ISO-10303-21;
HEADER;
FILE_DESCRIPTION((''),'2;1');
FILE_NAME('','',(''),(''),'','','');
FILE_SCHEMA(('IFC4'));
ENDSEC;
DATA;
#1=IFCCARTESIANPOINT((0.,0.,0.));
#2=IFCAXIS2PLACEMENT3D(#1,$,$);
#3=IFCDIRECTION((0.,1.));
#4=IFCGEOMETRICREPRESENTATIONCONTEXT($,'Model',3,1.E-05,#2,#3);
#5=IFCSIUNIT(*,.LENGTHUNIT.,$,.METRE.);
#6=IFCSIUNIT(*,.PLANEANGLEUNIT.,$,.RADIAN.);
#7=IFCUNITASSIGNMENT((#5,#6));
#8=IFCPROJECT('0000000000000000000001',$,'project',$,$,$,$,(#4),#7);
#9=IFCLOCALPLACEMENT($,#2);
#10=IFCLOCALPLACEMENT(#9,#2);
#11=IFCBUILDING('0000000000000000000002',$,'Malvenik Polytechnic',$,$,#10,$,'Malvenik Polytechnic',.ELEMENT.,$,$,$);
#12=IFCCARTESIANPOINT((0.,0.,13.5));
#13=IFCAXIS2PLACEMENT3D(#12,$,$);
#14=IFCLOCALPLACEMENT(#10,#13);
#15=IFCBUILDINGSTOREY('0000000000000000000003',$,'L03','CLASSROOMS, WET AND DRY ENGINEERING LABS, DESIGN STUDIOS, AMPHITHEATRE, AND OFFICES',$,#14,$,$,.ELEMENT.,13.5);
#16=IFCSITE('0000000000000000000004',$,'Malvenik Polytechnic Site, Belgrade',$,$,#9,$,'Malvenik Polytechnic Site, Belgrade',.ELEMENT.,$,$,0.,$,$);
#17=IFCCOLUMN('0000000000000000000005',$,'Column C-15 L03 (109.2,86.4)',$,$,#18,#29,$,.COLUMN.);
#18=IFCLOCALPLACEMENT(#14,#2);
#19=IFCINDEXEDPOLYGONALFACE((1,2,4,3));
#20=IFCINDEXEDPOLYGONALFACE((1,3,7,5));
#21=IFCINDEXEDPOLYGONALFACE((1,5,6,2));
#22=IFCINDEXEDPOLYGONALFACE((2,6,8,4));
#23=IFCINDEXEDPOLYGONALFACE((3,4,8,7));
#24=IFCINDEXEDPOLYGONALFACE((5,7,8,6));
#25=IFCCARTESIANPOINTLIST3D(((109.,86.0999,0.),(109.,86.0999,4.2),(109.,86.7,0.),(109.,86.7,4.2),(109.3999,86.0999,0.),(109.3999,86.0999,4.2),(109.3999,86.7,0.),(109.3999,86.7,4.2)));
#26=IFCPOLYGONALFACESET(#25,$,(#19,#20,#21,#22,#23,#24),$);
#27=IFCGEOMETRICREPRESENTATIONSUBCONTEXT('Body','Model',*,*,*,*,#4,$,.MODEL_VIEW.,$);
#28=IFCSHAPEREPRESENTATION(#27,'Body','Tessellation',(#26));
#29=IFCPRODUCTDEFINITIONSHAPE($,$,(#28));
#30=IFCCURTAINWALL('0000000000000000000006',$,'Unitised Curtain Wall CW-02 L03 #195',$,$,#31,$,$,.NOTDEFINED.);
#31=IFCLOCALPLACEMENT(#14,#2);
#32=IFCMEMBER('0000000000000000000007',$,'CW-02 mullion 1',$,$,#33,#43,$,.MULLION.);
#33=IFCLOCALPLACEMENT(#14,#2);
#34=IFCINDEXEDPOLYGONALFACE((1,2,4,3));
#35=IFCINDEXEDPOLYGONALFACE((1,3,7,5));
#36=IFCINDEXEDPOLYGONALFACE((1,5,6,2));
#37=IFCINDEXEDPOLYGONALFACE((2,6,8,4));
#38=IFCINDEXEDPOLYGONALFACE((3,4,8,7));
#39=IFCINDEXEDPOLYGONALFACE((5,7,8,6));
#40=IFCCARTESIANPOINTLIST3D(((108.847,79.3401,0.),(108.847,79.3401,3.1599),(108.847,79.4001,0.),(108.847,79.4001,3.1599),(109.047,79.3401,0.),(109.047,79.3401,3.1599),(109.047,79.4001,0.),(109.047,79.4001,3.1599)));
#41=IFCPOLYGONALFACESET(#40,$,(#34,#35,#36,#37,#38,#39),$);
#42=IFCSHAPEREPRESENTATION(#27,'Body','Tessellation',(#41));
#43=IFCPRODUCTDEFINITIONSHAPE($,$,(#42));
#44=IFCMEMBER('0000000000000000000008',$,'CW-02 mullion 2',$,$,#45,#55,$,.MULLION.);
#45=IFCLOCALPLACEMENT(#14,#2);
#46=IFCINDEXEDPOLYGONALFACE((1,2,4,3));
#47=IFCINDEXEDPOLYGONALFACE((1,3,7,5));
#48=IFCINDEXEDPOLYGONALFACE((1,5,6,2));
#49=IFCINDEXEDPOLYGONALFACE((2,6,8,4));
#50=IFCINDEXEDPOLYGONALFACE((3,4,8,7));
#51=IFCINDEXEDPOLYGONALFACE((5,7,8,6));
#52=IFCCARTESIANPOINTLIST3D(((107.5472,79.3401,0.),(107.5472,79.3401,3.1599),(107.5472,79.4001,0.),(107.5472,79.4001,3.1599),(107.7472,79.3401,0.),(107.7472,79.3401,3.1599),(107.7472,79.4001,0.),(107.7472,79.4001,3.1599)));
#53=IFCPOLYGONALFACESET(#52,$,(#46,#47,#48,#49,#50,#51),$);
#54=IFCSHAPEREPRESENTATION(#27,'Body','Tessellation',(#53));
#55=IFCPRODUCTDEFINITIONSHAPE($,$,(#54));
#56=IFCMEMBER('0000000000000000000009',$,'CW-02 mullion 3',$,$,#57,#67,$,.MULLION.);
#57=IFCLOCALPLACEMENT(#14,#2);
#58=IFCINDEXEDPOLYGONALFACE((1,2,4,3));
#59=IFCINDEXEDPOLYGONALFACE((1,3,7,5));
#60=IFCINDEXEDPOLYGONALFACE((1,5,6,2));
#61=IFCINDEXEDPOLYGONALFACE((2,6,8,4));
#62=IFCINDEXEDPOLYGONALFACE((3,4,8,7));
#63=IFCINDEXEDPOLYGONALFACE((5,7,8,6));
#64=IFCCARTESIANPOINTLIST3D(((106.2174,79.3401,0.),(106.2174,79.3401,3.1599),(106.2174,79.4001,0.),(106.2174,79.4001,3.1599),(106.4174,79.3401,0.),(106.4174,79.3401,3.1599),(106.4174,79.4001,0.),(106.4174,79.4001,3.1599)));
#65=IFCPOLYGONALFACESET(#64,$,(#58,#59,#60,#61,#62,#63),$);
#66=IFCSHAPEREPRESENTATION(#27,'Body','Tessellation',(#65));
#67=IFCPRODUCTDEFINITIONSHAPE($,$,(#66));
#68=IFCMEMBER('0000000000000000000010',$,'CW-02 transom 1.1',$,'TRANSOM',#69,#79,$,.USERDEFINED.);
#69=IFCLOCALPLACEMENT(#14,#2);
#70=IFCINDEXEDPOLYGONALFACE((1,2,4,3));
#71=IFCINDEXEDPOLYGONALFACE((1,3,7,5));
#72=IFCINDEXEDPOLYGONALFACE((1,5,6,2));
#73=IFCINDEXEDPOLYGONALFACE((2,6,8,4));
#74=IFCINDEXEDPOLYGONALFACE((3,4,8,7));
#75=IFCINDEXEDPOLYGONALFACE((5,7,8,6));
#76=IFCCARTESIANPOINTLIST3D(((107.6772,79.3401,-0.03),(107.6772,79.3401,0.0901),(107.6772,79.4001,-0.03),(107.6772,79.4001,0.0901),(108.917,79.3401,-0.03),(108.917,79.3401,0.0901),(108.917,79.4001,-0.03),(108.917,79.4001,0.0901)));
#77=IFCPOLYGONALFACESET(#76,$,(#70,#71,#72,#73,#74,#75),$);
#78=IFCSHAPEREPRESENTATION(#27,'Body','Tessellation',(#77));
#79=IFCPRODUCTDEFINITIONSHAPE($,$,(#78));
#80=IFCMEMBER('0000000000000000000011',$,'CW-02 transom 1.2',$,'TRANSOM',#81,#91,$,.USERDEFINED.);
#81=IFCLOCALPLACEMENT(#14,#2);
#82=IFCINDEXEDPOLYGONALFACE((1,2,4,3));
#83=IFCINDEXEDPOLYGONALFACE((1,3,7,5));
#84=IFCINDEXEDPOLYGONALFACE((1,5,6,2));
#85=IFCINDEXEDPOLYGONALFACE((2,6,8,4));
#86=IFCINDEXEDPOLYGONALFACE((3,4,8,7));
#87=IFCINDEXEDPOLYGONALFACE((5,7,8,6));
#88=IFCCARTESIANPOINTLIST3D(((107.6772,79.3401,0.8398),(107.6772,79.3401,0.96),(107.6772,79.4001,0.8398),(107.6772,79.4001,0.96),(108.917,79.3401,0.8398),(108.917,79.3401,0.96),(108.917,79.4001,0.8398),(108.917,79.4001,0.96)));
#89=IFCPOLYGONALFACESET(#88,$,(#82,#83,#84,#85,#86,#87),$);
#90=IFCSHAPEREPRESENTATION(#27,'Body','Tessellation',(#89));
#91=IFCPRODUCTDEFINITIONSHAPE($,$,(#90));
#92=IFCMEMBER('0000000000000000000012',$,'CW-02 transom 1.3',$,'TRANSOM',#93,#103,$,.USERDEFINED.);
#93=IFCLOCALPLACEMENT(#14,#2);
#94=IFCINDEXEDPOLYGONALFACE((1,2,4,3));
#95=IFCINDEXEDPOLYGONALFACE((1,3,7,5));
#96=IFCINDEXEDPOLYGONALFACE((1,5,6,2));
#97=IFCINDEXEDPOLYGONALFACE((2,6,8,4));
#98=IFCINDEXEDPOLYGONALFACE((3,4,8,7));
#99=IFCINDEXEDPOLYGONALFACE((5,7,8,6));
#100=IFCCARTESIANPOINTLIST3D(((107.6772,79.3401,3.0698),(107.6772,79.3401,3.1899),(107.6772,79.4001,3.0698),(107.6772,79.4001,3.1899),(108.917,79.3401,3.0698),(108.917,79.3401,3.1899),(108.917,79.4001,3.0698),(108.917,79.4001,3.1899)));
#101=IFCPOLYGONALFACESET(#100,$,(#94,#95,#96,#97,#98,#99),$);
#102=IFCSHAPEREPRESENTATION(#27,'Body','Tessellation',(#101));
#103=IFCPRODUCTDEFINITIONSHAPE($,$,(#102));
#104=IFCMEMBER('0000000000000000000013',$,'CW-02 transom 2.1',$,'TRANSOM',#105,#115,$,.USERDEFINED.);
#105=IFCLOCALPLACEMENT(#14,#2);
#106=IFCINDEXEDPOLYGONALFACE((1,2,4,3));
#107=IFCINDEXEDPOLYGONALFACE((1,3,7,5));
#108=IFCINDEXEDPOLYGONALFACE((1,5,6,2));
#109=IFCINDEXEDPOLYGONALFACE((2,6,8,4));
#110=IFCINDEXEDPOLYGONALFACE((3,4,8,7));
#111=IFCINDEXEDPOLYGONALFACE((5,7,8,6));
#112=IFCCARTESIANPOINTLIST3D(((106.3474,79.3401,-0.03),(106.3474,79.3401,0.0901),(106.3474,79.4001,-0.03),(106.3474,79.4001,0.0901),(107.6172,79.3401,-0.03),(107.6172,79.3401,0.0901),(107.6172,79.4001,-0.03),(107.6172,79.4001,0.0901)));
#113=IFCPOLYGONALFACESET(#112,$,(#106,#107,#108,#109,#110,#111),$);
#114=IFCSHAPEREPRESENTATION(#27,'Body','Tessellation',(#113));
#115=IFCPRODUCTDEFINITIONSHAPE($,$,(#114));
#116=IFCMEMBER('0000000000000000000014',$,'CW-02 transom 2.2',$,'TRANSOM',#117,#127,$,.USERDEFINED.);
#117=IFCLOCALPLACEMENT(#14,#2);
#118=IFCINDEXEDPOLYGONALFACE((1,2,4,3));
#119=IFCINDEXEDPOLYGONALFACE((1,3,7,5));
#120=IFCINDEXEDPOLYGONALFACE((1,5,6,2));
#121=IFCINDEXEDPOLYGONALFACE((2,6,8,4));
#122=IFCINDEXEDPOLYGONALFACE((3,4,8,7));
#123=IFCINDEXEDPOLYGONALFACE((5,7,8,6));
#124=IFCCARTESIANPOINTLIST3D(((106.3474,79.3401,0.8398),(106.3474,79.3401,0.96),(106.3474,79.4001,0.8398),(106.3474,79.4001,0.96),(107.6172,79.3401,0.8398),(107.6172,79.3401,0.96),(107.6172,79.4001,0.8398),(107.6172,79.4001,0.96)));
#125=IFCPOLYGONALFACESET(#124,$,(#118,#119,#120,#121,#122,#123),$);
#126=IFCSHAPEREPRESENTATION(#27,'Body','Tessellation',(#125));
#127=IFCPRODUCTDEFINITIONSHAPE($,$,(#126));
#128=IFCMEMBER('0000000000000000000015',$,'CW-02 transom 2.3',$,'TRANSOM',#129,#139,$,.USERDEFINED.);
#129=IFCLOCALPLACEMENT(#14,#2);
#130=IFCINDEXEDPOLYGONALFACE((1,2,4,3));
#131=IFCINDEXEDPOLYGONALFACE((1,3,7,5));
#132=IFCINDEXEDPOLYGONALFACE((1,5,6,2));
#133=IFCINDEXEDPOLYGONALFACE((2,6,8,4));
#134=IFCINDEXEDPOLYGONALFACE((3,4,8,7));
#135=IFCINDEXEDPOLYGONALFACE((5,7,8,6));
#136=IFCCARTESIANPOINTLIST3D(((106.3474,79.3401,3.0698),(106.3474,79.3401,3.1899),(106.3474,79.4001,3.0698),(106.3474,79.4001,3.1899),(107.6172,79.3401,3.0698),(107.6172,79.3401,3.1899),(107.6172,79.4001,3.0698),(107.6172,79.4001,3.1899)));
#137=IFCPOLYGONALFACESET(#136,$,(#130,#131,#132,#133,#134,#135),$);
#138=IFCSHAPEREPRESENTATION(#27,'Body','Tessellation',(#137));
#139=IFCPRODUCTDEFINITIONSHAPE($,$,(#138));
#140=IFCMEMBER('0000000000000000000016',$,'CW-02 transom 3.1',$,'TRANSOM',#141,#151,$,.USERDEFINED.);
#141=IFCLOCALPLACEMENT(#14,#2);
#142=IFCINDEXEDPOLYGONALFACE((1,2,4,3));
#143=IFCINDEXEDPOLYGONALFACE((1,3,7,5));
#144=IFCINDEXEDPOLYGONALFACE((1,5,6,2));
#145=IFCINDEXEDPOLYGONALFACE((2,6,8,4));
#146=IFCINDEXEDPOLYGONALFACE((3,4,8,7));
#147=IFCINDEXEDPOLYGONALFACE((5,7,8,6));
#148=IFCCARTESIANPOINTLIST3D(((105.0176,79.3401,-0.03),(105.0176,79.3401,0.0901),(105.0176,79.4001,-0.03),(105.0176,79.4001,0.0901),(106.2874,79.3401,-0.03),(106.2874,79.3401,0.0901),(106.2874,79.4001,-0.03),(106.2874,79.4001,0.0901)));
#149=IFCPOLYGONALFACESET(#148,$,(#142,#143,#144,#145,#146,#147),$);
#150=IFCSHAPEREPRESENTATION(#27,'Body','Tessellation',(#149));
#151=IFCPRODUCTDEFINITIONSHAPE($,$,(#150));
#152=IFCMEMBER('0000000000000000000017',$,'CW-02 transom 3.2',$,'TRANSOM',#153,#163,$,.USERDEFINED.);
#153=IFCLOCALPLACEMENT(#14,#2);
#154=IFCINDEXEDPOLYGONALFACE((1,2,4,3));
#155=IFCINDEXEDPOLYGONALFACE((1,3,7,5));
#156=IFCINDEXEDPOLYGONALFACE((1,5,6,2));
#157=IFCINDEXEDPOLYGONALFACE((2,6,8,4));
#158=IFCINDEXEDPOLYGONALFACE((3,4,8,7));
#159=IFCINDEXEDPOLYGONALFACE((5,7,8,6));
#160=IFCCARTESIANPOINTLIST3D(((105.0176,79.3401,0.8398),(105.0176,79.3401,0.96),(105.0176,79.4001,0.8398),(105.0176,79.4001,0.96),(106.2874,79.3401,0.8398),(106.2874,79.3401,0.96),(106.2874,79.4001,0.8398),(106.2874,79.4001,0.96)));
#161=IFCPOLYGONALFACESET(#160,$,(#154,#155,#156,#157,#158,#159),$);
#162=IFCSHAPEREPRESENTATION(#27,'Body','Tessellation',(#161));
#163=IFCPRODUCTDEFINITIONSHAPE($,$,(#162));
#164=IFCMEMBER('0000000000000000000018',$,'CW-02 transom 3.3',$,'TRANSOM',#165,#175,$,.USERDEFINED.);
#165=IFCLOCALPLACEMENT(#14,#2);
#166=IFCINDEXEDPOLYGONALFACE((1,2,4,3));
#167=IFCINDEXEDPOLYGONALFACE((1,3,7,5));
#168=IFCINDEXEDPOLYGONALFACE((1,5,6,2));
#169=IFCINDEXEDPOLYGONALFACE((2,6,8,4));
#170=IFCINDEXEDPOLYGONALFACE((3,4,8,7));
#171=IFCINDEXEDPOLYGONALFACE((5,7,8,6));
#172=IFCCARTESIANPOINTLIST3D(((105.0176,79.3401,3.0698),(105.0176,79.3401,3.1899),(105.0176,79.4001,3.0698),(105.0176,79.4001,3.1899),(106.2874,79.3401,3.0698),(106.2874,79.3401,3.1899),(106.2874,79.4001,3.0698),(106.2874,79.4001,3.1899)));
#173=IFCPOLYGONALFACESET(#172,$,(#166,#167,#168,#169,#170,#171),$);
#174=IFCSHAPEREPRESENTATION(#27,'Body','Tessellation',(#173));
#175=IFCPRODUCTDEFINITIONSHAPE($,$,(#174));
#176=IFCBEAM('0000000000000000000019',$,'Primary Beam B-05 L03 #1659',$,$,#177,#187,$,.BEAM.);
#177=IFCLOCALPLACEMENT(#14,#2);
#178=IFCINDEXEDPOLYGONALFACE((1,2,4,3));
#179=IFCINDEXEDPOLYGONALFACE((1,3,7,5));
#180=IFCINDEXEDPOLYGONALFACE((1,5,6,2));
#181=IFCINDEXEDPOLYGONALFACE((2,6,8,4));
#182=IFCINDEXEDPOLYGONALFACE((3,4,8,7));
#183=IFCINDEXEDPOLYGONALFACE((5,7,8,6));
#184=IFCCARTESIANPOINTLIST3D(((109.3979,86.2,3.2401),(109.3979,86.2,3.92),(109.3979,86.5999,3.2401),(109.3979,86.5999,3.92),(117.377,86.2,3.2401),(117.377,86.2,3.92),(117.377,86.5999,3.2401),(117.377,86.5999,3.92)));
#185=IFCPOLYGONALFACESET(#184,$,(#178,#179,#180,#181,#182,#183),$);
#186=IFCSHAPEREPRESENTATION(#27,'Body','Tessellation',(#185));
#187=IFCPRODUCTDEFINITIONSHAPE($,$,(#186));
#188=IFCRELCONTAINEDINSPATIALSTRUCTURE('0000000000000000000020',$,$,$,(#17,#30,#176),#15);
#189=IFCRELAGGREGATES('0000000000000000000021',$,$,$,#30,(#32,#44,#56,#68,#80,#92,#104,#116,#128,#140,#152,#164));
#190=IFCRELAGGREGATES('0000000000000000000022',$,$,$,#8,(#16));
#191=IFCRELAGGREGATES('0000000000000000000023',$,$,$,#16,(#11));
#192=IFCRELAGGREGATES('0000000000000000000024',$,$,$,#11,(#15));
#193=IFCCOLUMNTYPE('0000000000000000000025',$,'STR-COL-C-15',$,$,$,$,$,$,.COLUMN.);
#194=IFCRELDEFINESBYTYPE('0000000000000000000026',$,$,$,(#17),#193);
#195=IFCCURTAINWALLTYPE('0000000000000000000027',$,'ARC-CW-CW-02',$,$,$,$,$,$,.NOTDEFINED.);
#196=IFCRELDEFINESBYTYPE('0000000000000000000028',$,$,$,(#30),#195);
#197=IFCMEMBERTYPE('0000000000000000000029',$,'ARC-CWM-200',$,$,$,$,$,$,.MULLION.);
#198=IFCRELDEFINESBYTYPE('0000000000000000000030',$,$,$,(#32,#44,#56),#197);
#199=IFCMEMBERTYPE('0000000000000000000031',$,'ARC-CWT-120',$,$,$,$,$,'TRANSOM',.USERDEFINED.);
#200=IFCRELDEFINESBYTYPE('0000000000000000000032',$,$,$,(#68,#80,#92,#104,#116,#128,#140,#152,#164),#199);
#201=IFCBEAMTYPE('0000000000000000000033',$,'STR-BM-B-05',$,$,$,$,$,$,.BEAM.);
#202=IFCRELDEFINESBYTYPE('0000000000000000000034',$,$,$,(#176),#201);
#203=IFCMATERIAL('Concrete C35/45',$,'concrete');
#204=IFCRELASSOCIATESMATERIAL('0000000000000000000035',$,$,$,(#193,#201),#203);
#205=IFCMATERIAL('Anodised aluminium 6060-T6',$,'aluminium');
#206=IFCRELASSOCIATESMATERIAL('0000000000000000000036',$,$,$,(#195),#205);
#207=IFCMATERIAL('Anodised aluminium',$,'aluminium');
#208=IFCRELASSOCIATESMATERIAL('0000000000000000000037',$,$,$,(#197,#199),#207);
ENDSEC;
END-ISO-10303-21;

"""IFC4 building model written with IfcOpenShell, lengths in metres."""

from ifc_helpers import new_model, si_unit, direction, frame, origin, origin_2d, place, context, subcontext, project, spatial, rectangle, extrude, material, material_profile, profile_set, type_object, element, aggregate, save


model = new_model("IFC4")

# Units and contexts
model_context = context("Model", 3, precision=1e-05, world=origin(), true_north=direction((0.0, 1.0)))
body_context = subcontext(model_context, "Body", "Model", "MODEL_VIEW")
ifc_project = project(units=[si_unit("LENGTHUNIT", "METRE"), si_unit("PLANEANGLEUNIT", "RADIAN")], contexts=[model_context])

# Site, building, storey
site_placement = place(None, origin())
site = spatial("IfcSite", under=ifc_project, at=site_placement, Name="Malvenik Polytechnic Site, Belgrade", LongName="Malvenik Polytechnic Site, Belgrade", CompositionType="ELEMENT", RefElevation=0.0)
building_placement = place(site_placement, origin())
building = spatial("IfcBuilding", under=site, at=building_placement, Name="Malvenik Polytechnic", LongName="Malvenik Polytechnic", CompositionType="ELEMENT")
storey_placement = place(building_placement, frame((0.0, 0.0, 13.5)))
storey = spatial("IfcBuildingStorey", under=building, at=storey_placement, Name="L03", Description="CLASSROOMS, WET AND DRY ENGINEERING LABS, DESIGN STUDIOS, AMPHITHEATRE, AND OFFICES", CompositionType="ELEMENT", Elevation=13.5)

# Column
ifc_material_1 = material(Name="Concrete C35/45", Category="concrete")
ifc_material_profile_1 = material_profile(ifc_material_1, rectangle(XDim=0.3999, YDim=0.6001, at=origin_2d()), Name="RC COL 600x400")
ifc_profile_set_1 = profile_set([ifc_material_profile_1], Name="Concrete C35/45")
column_type = type_object("IfcColumnType", Name="STR-COL-C-15", PredefinedType="COLUMN", material=ifc_profile_set_1)
column_placement = place(storey_placement, frame((109.2, 86.3999, 0.0), z_axis=(0.0, 0.0, 1.0), x_axis=(1.0, 0.0, 0.0)))
element("IfcColumn", 1, at=column_placement, inside=storey, type_object=column_type, Name="Column C-15 L03 (109.2,86.4)", PredefinedType="COLUMN", context=body_context, shape_type="SweptSolid", body=[
    extrude(rectangle(XDim=0.3999, YDim=0.6001, at=origin_2d()), origin(), (0.0, 0.0, 1.0), 4.2),
])

# Curtain wall, members
ifc_material_2 = material(Name="Anodised aluminium 6060-T6", Category="aluminium")
curtain_wall_type = type_object("IfcCurtainWallType", Name="ARC-CW-CW-02", PredefinedType="NOTDEFINED", material=ifc_material_2)
curtain_wall_placement = place(storey_placement, origin())
curtain_wall = element("IfcCurtainWall", 2, at=curtain_wall_placement, inside=storey, type_object=curtain_wall_type, Name="Unitised Curtain Wall CW-02 L03 #195", PredefinedType="NOTDEFINED")
ifc_material_3 = material(Name="Anodised aluminium", Category="aluminium")
ifc_material_profile_2 = material_profile(ifc_material_3, rectangle(XDim=0.0601, YDim=0.2, at=origin_2d()), Name="ALU MULLION 60x200")
ifc_profile_set_2 = profile_set([ifc_material_profile_2], Name="Anodised aluminium")
member_type_1 = type_object("IfcMemberType", Name="ARC-CWM-200", PredefinedType="MULLION", material=ifc_profile_set_2)
member_1_placement = place(storey_placement, frame((108.947, 79.3701, 0.0), z_axis=(0.0, 0.0, 1.0), x_axis=(0.0, -1.0, 0.0)))
member_1 = element("IfcMember", 3, at=member_1_placement, type_object=member_type_1, Name="CW-02 mullion 1", PredefinedType="MULLION", context=body_context, shape_type="SweptSolid", body=[
    extrude(rectangle(XDim=0.0601, YDim=0.2, at=origin_2d()), origin(), (0.0, 0.0, 1.0), 3.1599),
])
member_2_placement = place(storey_placement, frame((107.6472, 79.3701, 0.0), z_axis=(0.0, 0.0, 1.0), x_axis=(0.0, -1.0, 0.0)))
member_2 = element("IfcMember", 4, at=member_2_placement, type_object=member_type_1, Name="CW-02 mullion 2", PredefinedType="MULLION", context=body_context, shape_type="SweptSolid", body=[
    extrude(rectangle(XDim=0.0601, YDim=0.2, at=origin_2d()), origin(), (0.0, 0.0, 1.0), 3.1599),
])
member_3_placement = place(storey_placement, frame((106.3174, 79.3701, 0.0), z_axis=(0.0, 0.0, 1.0), x_axis=(0.0, -1.0, 0.0)))
member_3 = element("IfcMember", 5, at=member_3_placement, type_object=member_type_1, Name="CW-02 mullion 3", PredefinedType="MULLION", context=body_context, shape_type="SweptSolid", body=[
    extrude(rectangle(XDim=0.0601, YDim=0.2, at=origin_2d()), origin(), (0.0, 0.0, 1.0), 3.1599),
])
ifc_material_profile_3 = material_profile(ifc_material_3, rectangle(XDim=0.0601, YDim=0.1201, at=origin_2d()), Name="ALU TRANSOM 60x120")
ifc_profile_set_3 = profile_set([ifc_material_profile_3], Name="Anodised aluminium")
member_type_2 = type_object("IfcMemberType", Name="ARC-CWT-120", ElementType="TRANSOM", PredefinedType="USERDEFINED", material=ifc_profile_set_3)
member_4_placement = place(storey_placement, frame((108.917, 79.3701, 0.03), z_axis=(-1.0, 0.0, 0.0), x_axis=(0.0, -1.0, 0.0)))
member_4 = element("IfcMember", 6, at=member_4_placement, type_object=member_type_2, Name="CW-02 transom 1.1", ObjectType="TRANSOM", PredefinedType="USERDEFINED", context=body_context, shape_type="SweptSolid", body=[
    extrude(rectangle(XDim=0.0601, YDim=0.1201, at=origin_2d()), origin(), (0.0, 0.0, 1.0), 1.2397),
])
member_5_placement = place(storey_placement, frame((108.917, 79.3701, 0.8999), z_axis=(-1.0, 0.0, 0.0), x_axis=(0.0, -1.0, 0.0)))
member_5 = element("IfcMember", 7, at=member_5_placement, type_object=member_type_2, Name="CW-02 transom 1.2", ObjectType="TRANSOM", PredefinedType="USERDEFINED", context=body_context, shape_type="SweptSolid", body=[
    extrude(rectangle(XDim=0.0601, YDim=0.1201, at=origin_2d()), origin(), (0.0, 0.0, 1.0), 1.2397),
])
member_6_placement = place(storey_placement, frame((108.917, 79.3701, 3.1299), z_axis=(-1.0, 0.0, 0.0), x_axis=(0.0, -1.0, 0.0)))
member_6 = element("IfcMember", 8, at=member_6_placement, type_object=member_type_2, Name="CW-02 transom 1.3", ObjectType="TRANSOM", PredefinedType="USERDEFINED", context=body_context, shape_type="SweptSolid", body=[
    extrude(rectangle(XDim=0.0601, YDim=0.1201, at=origin_2d()), origin(), (0.0, 0.0, 1.0), 1.2397),
])
member_7_placement = place(storey_placement, frame((107.6172, 79.3701, 0.03), z_axis=(-1.0, 0.0, 0.0), x_axis=(0.0, -1.0, 0.0)))
member_7 = element("IfcMember", 9, at=member_7_placement, type_object=member_type_2, Name="CW-02 transom 2.1", ObjectType="TRANSOM", PredefinedType="USERDEFINED", context=body_context, shape_type="SweptSolid", body=[
    extrude(rectangle(XDim=0.0601, YDim=0.1201, at=origin_2d()), origin(), (0.0, 0.0, 1.0), 1.2698),
])
member_8_placement = place(storey_placement, frame((107.6172, 79.3701, 0.8999), z_axis=(-1.0, 0.0, 0.0), x_axis=(0.0, -1.0, 0.0)))
member_8 = element("IfcMember", 10, at=member_8_placement, type_object=member_type_2, Name="CW-02 transom 2.2", ObjectType="TRANSOM", PredefinedType="USERDEFINED", context=body_context, shape_type="SweptSolid", body=[
    extrude(rectangle(XDim=0.0601, YDim=0.1201, at=origin_2d()), origin(), (0.0, 0.0, 1.0), 1.2698),
])
member_9_placement = place(storey_placement, frame((107.6172, 79.3701, 3.1299), z_axis=(-1.0, 0.0, 0.0), x_axis=(0.0, -1.0, 0.0)))
member_9 = element("IfcMember", 11, at=member_9_placement, type_object=member_type_2, Name="CW-02 transom 2.3", ObjectType="TRANSOM", PredefinedType="USERDEFINED", context=body_context, shape_type="SweptSolid", body=[
    extrude(rectangle(XDim=0.0601, YDim=0.1201, at=origin_2d()), origin(), (0.0, 0.0, 1.0), 1.2698),
])
member_10_placement = place(storey_placement, frame((106.2874, 79.3701, 0.03), z_axis=(-1.0, 0.0, 0.0), x_axis=(0.0, -1.0, 0.0)))
member_10 = element("IfcMember", 12, at=member_10_placement, type_object=member_type_2, Name="CW-02 transom 3.1", ObjectType="TRANSOM", PredefinedType="USERDEFINED", context=body_context, shape_type="SweptSolid", body=[
    extrude(rectangle(XDim=0.0601, YDim=0.1201, at=origin_2d()), origin(), (0.0, 0.0, 1.0), 1.2698),
])
member_11_placement = place(storey_placement, frame((106.2874, 79.3701, 0.8999), z_axis=(-1.0, 0.0, 0.0), x_axis=(0.0, -1.0, 0.0)))
member_11 = element("IfcMember", 13, at=member_11_placement, type_object=member_type_2, Name="CW-02 transom 3.2", ObjectType="TRANSOM", PredefinedType="USERDEFINED", context=body_context, shape_type="SweptSolid", body=[
    extrude(rectangle(XDim=0.0601, YDim=0.1201, at=origin_2d()), origin(), (0.0, 0.0, 1.0), 1.2698),
])
member_12_placement = place(storey_placement, frame((106.2874, 79.3701, 3.1299), z_axis=(-1.0, 0.0, 0.0), x_axis=(0.0, -1.0, 0.0)))
member_12 = element("IfcMember", 14, at=member_12_placement, type_object=member_type_2, Name="CW-02 transom 3.3", ObjectType="TRANSOM", PredefinedType="USERDEFINED", context=body_context, shape_type="SweptSolid", body=[
    extrude(rectangle(XDim=0.0601, YDim=0.1201, at=origin_2d()), origin(), (0.0, 0.0, 1.0), 1.2698),
])

# Beam
ifc_material_profile_4 = material_profile(ifc_material_1, rectangle(XDim=0.3999, YDim=0.6799, at=origin_2d()), Name="RC BM 400x680")
ifc_profile_set_4 = profile_set([ifc_material_profile_4], Name="Concrete C35/45")
beam_type_1 = type_object("IfcBeamType", Name="STR-BM-B-05", PredefinedType="BEAM", material=ifc_profile_set_4)
beam_1_placement = place(storey_placement, frame((109.3979, 86.3999, 3.5801), z_axis=(1.0, 0.0, 0.0), x_axis=(0.0, 1.0, 0.0)))
element("IfcBeam", 15, at=beam_1_placement, inside=storey, type_object=beam_type_1, Name="Primary Beam B-05 L03 #1659", PredefinedType="BEAM", context=body_context, shape_type="SweptSolid", body=[
    extrude(rectangle(XDim=0.3999, YDim=0.6799, at=origin_2d()), origin(), (0.0, 0.0, 1.0), 7.979),
])

aggregate(curtain_wall, [member_1, member_2, member_3, member_4, member_5, member_6, member_7, member_8, member_9, member_10, member_11, member_12])

save(model, "model.ifc")
